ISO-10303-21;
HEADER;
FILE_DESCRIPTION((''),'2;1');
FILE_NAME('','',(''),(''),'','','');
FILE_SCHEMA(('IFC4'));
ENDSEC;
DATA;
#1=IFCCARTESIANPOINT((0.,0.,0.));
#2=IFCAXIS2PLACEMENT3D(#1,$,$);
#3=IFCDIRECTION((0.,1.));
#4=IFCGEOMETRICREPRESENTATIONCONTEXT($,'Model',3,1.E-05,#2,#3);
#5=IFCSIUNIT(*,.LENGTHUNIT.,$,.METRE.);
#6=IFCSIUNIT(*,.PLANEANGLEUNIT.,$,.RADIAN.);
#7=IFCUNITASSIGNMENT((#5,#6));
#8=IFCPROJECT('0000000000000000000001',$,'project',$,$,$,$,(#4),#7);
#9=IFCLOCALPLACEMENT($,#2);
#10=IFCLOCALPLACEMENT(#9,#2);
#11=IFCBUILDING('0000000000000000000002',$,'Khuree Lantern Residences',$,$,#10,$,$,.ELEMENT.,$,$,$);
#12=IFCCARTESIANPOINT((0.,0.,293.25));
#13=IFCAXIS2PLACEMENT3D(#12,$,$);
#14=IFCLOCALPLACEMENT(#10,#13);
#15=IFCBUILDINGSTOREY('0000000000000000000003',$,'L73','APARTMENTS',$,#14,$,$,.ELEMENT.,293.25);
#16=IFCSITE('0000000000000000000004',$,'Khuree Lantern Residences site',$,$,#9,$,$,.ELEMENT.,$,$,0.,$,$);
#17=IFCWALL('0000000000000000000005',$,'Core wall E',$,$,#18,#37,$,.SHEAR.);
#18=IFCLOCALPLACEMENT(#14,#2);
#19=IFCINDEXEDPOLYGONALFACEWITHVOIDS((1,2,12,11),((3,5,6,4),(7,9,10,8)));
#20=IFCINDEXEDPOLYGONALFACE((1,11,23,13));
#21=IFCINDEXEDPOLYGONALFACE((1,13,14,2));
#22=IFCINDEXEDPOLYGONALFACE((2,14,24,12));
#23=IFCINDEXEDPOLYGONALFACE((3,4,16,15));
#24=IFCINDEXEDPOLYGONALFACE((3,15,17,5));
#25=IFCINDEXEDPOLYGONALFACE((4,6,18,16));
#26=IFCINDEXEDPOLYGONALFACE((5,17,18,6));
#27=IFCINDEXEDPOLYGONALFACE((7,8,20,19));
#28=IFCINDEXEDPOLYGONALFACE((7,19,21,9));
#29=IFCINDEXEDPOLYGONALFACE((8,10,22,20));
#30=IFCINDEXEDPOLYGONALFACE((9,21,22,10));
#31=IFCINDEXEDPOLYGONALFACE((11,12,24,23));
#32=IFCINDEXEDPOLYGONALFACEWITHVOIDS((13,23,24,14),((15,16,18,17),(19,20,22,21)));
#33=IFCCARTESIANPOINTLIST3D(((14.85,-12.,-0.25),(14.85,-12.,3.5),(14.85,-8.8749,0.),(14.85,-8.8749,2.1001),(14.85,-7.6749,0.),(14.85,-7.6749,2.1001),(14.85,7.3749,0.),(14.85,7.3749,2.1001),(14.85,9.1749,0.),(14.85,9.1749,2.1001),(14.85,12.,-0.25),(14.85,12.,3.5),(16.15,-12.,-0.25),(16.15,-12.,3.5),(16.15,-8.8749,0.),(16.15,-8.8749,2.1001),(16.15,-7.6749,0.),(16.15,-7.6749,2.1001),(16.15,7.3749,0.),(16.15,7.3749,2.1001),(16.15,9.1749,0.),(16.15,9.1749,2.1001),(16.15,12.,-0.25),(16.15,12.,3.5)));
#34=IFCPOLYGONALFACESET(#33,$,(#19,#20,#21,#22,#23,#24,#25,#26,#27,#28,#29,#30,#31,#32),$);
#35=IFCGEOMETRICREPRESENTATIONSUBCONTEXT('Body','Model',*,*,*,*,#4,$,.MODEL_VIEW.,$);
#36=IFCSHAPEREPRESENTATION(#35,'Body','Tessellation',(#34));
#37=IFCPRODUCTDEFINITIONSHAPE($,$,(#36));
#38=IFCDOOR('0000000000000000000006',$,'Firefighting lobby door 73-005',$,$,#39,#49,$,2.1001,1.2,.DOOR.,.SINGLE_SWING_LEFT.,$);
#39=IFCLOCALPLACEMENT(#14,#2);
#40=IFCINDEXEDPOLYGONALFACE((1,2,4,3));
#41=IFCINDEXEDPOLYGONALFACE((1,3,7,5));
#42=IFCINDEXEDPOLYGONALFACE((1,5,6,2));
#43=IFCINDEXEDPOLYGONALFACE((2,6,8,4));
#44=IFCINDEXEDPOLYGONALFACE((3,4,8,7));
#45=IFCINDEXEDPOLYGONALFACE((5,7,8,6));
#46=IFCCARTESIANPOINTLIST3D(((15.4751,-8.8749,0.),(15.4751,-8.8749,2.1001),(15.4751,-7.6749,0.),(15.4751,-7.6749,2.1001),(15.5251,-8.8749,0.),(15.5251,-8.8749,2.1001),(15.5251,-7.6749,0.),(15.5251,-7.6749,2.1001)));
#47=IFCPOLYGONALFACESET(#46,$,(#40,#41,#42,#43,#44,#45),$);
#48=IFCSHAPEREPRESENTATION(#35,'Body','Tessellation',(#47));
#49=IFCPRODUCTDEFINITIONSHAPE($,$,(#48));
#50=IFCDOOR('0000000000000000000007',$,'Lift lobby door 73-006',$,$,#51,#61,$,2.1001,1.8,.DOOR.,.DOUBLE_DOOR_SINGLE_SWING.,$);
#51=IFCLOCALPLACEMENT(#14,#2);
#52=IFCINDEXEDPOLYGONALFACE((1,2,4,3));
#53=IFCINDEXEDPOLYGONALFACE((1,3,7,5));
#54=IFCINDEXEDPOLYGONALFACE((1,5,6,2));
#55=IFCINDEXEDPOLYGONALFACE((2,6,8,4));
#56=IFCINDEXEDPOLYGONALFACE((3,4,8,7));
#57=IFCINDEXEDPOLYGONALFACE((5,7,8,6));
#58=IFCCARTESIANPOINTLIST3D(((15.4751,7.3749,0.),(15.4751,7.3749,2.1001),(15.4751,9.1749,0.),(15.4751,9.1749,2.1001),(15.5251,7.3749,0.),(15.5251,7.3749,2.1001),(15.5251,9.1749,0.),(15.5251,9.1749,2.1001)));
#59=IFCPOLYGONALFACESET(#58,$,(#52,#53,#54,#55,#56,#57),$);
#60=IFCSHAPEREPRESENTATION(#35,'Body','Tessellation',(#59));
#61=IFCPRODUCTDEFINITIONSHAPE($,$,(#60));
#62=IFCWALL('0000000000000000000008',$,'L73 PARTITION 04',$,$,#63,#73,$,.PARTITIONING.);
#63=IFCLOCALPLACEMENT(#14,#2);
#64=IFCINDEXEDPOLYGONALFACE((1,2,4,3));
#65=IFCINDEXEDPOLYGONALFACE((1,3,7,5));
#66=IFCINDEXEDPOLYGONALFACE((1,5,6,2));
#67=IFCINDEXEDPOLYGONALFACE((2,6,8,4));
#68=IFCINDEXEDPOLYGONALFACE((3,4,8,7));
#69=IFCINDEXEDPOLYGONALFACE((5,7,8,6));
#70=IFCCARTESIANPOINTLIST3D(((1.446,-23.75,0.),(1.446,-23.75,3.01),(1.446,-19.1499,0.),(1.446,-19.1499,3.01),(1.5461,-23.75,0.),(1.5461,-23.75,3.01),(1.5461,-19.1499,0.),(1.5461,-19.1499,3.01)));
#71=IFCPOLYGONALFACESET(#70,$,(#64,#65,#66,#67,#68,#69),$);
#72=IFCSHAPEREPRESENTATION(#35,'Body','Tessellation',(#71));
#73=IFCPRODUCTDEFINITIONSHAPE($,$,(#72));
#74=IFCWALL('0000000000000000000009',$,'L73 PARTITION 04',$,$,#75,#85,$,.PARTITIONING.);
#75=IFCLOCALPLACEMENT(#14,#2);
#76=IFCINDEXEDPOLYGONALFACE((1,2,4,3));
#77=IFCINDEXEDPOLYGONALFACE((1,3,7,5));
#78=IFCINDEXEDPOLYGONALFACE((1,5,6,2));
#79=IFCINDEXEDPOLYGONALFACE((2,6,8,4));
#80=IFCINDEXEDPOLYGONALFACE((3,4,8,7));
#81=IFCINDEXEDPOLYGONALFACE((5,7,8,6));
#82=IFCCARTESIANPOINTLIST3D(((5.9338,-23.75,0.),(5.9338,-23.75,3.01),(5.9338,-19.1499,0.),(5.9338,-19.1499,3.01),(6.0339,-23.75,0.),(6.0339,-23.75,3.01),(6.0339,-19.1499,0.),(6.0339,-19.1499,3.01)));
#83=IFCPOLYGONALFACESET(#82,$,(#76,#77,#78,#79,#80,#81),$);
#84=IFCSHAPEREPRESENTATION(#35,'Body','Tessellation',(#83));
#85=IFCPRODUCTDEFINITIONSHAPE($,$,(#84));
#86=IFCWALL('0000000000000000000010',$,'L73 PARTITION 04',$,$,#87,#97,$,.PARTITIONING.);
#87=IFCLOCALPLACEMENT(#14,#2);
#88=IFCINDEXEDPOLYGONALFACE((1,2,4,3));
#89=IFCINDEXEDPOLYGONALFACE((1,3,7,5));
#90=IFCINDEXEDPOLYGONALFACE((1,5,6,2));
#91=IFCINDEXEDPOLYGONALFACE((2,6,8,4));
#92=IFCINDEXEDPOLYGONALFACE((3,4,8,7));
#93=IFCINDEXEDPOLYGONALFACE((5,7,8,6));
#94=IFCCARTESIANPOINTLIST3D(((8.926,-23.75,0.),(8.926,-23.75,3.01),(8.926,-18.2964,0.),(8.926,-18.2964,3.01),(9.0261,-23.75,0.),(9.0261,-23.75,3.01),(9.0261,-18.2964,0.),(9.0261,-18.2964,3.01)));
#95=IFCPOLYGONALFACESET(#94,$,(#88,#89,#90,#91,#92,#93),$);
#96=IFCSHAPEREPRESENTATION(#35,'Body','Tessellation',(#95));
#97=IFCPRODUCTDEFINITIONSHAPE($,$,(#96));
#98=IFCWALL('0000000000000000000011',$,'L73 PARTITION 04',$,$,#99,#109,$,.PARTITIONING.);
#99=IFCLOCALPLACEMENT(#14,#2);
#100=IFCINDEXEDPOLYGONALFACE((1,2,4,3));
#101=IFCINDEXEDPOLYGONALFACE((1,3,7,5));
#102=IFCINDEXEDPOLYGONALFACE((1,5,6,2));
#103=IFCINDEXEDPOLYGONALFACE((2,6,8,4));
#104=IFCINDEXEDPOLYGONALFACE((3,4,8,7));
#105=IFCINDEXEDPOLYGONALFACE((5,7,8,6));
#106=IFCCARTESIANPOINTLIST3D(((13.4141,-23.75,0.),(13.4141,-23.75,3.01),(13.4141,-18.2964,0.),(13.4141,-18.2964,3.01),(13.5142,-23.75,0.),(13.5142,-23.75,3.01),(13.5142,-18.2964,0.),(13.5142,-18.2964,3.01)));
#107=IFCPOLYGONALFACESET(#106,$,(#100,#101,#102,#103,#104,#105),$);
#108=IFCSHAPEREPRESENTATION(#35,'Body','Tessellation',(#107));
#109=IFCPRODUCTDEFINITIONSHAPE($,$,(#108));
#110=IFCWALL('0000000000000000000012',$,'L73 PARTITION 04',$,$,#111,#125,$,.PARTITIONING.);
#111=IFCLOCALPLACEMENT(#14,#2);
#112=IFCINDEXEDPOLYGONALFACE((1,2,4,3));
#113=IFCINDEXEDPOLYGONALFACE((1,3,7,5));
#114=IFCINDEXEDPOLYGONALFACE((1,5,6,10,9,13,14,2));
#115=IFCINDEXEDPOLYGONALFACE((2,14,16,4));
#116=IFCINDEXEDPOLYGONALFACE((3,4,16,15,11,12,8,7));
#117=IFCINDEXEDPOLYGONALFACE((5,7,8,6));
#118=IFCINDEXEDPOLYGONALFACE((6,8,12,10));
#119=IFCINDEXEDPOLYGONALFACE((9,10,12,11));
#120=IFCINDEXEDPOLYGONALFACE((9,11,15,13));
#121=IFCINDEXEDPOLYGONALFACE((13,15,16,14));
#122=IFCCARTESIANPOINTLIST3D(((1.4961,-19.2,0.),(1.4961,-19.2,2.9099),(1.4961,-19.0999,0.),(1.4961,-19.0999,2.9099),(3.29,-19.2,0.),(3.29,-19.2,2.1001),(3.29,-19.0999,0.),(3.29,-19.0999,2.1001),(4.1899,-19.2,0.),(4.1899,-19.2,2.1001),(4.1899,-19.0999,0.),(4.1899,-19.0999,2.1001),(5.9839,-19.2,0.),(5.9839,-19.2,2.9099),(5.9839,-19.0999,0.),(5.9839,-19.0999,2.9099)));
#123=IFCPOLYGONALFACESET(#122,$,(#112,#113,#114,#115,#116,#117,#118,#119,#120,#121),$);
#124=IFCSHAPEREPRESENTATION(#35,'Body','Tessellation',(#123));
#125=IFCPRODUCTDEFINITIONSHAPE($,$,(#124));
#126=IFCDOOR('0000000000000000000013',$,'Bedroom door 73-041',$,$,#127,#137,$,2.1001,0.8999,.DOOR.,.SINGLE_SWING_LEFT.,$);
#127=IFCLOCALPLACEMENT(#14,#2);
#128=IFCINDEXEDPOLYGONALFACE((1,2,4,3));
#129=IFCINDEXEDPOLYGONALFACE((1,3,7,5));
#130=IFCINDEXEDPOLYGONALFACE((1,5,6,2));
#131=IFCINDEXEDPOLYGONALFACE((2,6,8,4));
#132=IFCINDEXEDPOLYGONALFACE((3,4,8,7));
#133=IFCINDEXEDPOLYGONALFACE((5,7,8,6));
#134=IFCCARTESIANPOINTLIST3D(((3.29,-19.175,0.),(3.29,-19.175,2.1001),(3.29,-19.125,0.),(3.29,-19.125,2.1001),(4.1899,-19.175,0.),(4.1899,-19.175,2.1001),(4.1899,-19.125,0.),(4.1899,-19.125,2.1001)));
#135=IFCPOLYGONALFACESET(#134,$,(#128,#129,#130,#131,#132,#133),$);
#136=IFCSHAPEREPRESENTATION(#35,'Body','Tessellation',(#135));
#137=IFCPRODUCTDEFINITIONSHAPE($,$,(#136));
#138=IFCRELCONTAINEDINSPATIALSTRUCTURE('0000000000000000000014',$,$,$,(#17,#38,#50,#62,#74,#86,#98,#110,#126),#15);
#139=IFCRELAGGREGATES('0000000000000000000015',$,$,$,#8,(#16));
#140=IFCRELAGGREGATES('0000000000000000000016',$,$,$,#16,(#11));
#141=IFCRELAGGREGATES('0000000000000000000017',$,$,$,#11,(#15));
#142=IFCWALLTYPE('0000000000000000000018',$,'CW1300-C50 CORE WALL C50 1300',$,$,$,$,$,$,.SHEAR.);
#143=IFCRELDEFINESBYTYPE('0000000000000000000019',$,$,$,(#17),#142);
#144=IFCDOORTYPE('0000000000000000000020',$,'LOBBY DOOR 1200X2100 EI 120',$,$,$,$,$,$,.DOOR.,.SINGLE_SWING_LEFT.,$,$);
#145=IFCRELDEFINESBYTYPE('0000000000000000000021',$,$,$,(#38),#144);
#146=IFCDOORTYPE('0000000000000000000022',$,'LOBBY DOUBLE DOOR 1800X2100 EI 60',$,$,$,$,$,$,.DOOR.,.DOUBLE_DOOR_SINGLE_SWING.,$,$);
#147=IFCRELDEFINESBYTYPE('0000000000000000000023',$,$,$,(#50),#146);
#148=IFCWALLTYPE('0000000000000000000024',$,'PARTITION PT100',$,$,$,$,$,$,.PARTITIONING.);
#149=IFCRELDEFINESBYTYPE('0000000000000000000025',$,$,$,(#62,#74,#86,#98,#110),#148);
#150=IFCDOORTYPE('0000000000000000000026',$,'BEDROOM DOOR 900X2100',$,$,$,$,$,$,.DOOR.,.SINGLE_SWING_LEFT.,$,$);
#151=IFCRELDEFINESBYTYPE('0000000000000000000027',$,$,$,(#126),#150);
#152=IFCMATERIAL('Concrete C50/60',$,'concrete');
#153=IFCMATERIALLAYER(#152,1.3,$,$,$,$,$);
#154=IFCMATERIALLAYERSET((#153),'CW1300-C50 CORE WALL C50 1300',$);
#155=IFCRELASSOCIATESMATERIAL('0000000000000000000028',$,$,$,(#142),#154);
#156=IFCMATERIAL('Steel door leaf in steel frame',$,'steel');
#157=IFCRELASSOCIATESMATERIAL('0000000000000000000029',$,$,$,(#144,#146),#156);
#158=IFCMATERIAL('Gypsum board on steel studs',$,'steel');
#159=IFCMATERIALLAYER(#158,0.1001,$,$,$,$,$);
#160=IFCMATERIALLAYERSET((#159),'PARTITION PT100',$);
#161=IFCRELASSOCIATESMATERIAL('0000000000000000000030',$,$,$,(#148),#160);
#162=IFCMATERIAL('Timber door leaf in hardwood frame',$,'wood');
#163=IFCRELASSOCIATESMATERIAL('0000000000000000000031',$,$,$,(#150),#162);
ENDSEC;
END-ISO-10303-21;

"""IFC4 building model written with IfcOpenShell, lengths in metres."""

from ifc_helpers import new_model, si_unit, direction, frame, frame_2d, origin, place, context, subcontext, project, spatial, rectangle, extrude, material, layer, layer_set, type_object, element, fill, save


model = new_model("IFC4")

# Units and contexts
model_context = context("Model", 3, precision=1e-05, world=origin(), true_north=direction((0.0, 1.0)))
body_context = subcontext(model_context, "Body", "Model", "MODEL_VIEW")
ifc_project = project(units=[si_unit("LENGTHUNIT", "METRE"), si_unit("PLANEANGLEUNIT", "RADIAN")], contexts=[model_context])

# Site, building, storey
site_placement = place(None, origin())
site = spatial("IfcSite", under=ifc_project, at=site_placement, Name="Khuree Lantern Residences site", CompositionType="ELEMENT", RefElevation=0.0)
building_placement = place(site_placement, origin())
building = spatial("IfcBuilding", under=site, at=building_placement, Name="Khuree Lantern Residences", CompositionType="ELEMENT")
storey_placement = place(building_placement, frame((0.0, 0.0, 293.25)))
storey = spatial("IfcBuildingStorey", under=building, at=storey_placement, Name="L73", Description="APARTMENTS", CompositionType="ELEMENT", Elevation=293.25)

# Shared definitions
ifc_material_1 = material(Name="Timber door leaf in hardwood frame", Category="wood")

# Wall, openings, doors
ifc_material_2 = material(Name="Concrete C50/60", Category="concrete")
ifc_layer_1 = layer(ifc_material_2, 1.3)
ifc_layer_set_1 = layer_set([ifc_layer_1], Name="CW1300-C50 CORE WALL C50 1300")
wall_type_1 = type_object("IfcWallType", Name="CW1300-C50 CORE WALL C50 1300", PredefinedType="SHEAR", material=ifc_layer_set_1)
wall_1_placement = place(storey_placement, frame((15.5, -12.0, -0.25), z_axis=(0.0, 0.0, 1.0), x_axis=(0.0, 1.0, 0.0)))
wall_1 = element("IfcWall", 1, at=wall_1_placement, inside=storey, type_object=wall_type_1, Name="Core wall E", PredefinedType="SHEAR", context=body_context, shape_type="SweptSolid", body=[
    extrude(rectangle(XDim=24.0, YDim=1.3, at=frame_2d((12.0, 0.0))), origin(), (0.0, 0.0, 1.0), 3.75),
])
opening_1_placement = place(wall_1_placement, frame((3.125, 0.0, 0.25)))
opening_1 = element("IfcOpeningElement", 2, at=opening_1_placement, cuts=wall_1, PredefinedType="OPENING", context=body_context, shape_type="SweptSolid", body=[
    extrude(rectangle(XDim=1.2, YDim=2.1001, at=frame_2d((0.6001, 1.05))), frame((0.0, 0.6602, 0.0), z_axis=(0.0, -1.0, 0.0), x_axis=(1.0, 0.0, 0.0)), (0.0, 0.0, 1.0), 1.3201),
])
opening_2_placement = place(wall_1_placement, frame((19.375, 0.0, 0.25)))
opening_2 = element("IfcOpeningElement", 3, at=opening_2_placement, cuts=wall_1, PredefinedType="OPENING", context=body_context, shape_type="SweptSolid", body=[
    extrude(rectangle(XDim=1.8, YDim=2.1001, at=frame_2d((0.8999, 1.05))), frame((0.0, 0.6602, 0.0), z_axis=(0.0, -1.0, 0.0), x_axis=(1.0, 0.0, 0.0)), (0.0, 0.0, 1.0), 1.3201),
])
ifc_material_3 = material(Name="Steel door leaf in steel frame", Category="steel")
door_type_1 = type_object("IfcDoorType", Name="LOBBY DOOR 1200X2100 EI 120", OperationType="SINGLE_SWING_LEFT", PredefinedType="DOOR", material=ifc_material_3)
door_1_placement = place(opening_1_placement, origin())
door_1 = element("IfcDoor", 4, at=door_1_placement, inside=storey, type_object=door_type_1, Name="Firefighting lobby door 73-005", OperationType="SINGLE_SWING_LEFT", OverallHeight=2.1001, OverallWidth=1.2, PredefinedType="DOOR", context=body_context, shape_type="SweptSolid", body=[
    extrude(rectangle(XDim=1.2, YDim=2.1001, at=frame_2d((0.6001, 1.05))), frame((0.0, 0.0249, 0.0), z_axis=(0.0, -1.0, 0.0), x_axis=(1.0, 0.0, 0.0)), (0.0, 0.0, 1.0), 0.05),
])
fill(opening_1, door_1)
door_type_2 = type_object("IfcDoorType", Name="LOBBY DOUBLE DOOR 1800X2100 EI 60", OperationType="DOUBLE_DOOR_SINGLE_SWING", PredefinedType="DOOR", material=ifc_material_3)
door_2_placement = place(opening_2_placement, origin())
door_2 = element("IfcDoor", 5, at=door_2_placement, inside=storey, type_object=door_type_2, Name="Lift lobby door 73-006", OperationType="DOUBLE_DOOR_SINGLE_SWING", OverallHeight=2.1001, OverallWidth=1.8, PredefinedType="DOOR", context=body_context, shape_type="SweptSolid", body=[
    extrude(rectangle(XDim=1.8, YDim=2.1001, at=frame_2d((0.8999, 1.05))), frame((0.0, 0.0249, 0.0), z_axis=(0.0, -1.0, 0.0), x_axis=(1.0, 0.0, 0.0)), (0.0, 0.0, 1.0), 0.05),
])
fill(opening_2, door_2)

# Walls
ifc_material_4 = material(Name="Gypsum board on steel studs", Category="steel")
ifc_layer_2 = layer(ifc_material_4, 0.1001)
ifc_layer_set_2 = layer_set([ifc_layer_2], Name="PARTITION PT100")
wall_type_2 = type_object("IfcWallType", Name="PARTITION PT100", PredefinedType="PARTITIONING", material=ifc_layer_set_2)
for number, where, z_axis, x_axis, name in (
    (6, (1.4961, -19.1499, 0.0), (0.0, 0.0, 1.0), (0.0, -1.0, 0.0), "L73 PARTITION 04"),
    (7, (5.9839, -19.1499, 0.0), (0.0, 0.0, 1.0), (0.0, -1.0, 0.0), "L73 PARTITION 04"),
):
    element("IfcWall", number, at=place(storey_placement, frame(where, z_axis=z_axis, x_axis=x_axis)), inside=storey, type_object=wall_type_2, Name=name, PredefinedType="PARTITIONING", context=body_context, shape_type="SweptSolid", body=[
        extrude(rectangle(XDim=4.6001, YDim=0.1001, at=frame_2d((2.3, 0.0))), origin(), (0.0, 0.0, 1.0), 3.01),
    ])
for number, where, z_axis, x_axis, name in (
    (8, (8.9761, -18.2964, 0.0), (0.0, 0.0, 1.0), (0.0, -1.0, 0.0), "L73 PARTITION 04"),
    (9, (13.4641, -18.2964, 0.0), (0.0, 0.0, 1.0), (0.0, -1.0, 0.0), "L73 PARTITION 04"),
):
    element("IfcWall", number, at=place(storey_placement, frame(where, z_axis=z_axis, x_axis=x_axis)), inside=storey, type_object=wall_type_2, Name=name, PredefinedType="PARTITIONING", context=body_context, shape_type="SweptSolid", body=[
        extrude(rectangle(XDim=5.4536, YDim=0.1001, at=frame_2d((2.7268, 0.0))), origin(), (0.0, 0.0, 1.0), 3.01),
    ])

# Wall, opening, door
wall_2_placement = place(storey_placement, frame((1.4961, -19.1499, 0.0), z_axis=(0.0, 0.0, 1.0), x_axis=(1.0, 0.0, 0.0)))
wall_2 = element("IfcWall", 10, at=wall_2_placement, inside=storey, type_object=wall_type_2, Name="L73 PARTITION 04", PredefinedType="PARTITIONING", context=body_context, shape_type="SweptSolid", body=[
    extrude(rectangle(XDim=4.4878, YDim=0.1001, at=frame_2d((2.2439, 0.0))), origin(), (0.0, 0.0, 1.0), 2.9099),
])
opening_3_placement = place(wall_2_placement, frame((1.7939, 0.0, 0.0)))
opening_3 = element("IfcOpeningElement", 11, at=opening_3_placement, cuts=wall_2, PredefinedType="OPENING", context=body_context, shape_type="SweptSolid", body=[
    extrude(rectangle(XDim=0.8999, YDim=2.1001, at=frame_2d((0.45, 1.05))), frame((0.0, 0.0601, 0.0), z_axis=(0.0, -1.0, 0.0), x_axis=(1.0, 0.0, 0.0)), (0.0, 0.0, 1.0), 0.1201),
])
door_type_3 = type_object("IfcDoorType", Name="BEDROOM DOOR 900X2100", OperationType="SINGLE_SWING_LEFT", PredefinedType="DOOR", material=ifc_material_1)
door_3_placement = place(opening_3_placement, origin())
door_3 = element("IfcDoor", 12, at=door_3_placement, inside=storey, type_object=door_type_3, Name="Bedroom door 73-041", OperationType="SINGLE_SWING_LEFT", OverallHeight=2.1001, OverallWidth=0.8999, PredefinedType="DOOR", context=body_context, shape_type="SweptSolid", body=[
    extrude(rectangle(XDim=0.8999, YDim=2.1001, at=frame_2d((0.45, 1.05))), frame((0.0, 0.0249, 0.0), z_axis=(0.0, -1.0, 0.0), x_axis=(1.0, 0.0, 0.0)), (0.0, 0.0, 1.0), 0.05),
])
fill(opening_3, door_3)

save(model, "model.ifc")
